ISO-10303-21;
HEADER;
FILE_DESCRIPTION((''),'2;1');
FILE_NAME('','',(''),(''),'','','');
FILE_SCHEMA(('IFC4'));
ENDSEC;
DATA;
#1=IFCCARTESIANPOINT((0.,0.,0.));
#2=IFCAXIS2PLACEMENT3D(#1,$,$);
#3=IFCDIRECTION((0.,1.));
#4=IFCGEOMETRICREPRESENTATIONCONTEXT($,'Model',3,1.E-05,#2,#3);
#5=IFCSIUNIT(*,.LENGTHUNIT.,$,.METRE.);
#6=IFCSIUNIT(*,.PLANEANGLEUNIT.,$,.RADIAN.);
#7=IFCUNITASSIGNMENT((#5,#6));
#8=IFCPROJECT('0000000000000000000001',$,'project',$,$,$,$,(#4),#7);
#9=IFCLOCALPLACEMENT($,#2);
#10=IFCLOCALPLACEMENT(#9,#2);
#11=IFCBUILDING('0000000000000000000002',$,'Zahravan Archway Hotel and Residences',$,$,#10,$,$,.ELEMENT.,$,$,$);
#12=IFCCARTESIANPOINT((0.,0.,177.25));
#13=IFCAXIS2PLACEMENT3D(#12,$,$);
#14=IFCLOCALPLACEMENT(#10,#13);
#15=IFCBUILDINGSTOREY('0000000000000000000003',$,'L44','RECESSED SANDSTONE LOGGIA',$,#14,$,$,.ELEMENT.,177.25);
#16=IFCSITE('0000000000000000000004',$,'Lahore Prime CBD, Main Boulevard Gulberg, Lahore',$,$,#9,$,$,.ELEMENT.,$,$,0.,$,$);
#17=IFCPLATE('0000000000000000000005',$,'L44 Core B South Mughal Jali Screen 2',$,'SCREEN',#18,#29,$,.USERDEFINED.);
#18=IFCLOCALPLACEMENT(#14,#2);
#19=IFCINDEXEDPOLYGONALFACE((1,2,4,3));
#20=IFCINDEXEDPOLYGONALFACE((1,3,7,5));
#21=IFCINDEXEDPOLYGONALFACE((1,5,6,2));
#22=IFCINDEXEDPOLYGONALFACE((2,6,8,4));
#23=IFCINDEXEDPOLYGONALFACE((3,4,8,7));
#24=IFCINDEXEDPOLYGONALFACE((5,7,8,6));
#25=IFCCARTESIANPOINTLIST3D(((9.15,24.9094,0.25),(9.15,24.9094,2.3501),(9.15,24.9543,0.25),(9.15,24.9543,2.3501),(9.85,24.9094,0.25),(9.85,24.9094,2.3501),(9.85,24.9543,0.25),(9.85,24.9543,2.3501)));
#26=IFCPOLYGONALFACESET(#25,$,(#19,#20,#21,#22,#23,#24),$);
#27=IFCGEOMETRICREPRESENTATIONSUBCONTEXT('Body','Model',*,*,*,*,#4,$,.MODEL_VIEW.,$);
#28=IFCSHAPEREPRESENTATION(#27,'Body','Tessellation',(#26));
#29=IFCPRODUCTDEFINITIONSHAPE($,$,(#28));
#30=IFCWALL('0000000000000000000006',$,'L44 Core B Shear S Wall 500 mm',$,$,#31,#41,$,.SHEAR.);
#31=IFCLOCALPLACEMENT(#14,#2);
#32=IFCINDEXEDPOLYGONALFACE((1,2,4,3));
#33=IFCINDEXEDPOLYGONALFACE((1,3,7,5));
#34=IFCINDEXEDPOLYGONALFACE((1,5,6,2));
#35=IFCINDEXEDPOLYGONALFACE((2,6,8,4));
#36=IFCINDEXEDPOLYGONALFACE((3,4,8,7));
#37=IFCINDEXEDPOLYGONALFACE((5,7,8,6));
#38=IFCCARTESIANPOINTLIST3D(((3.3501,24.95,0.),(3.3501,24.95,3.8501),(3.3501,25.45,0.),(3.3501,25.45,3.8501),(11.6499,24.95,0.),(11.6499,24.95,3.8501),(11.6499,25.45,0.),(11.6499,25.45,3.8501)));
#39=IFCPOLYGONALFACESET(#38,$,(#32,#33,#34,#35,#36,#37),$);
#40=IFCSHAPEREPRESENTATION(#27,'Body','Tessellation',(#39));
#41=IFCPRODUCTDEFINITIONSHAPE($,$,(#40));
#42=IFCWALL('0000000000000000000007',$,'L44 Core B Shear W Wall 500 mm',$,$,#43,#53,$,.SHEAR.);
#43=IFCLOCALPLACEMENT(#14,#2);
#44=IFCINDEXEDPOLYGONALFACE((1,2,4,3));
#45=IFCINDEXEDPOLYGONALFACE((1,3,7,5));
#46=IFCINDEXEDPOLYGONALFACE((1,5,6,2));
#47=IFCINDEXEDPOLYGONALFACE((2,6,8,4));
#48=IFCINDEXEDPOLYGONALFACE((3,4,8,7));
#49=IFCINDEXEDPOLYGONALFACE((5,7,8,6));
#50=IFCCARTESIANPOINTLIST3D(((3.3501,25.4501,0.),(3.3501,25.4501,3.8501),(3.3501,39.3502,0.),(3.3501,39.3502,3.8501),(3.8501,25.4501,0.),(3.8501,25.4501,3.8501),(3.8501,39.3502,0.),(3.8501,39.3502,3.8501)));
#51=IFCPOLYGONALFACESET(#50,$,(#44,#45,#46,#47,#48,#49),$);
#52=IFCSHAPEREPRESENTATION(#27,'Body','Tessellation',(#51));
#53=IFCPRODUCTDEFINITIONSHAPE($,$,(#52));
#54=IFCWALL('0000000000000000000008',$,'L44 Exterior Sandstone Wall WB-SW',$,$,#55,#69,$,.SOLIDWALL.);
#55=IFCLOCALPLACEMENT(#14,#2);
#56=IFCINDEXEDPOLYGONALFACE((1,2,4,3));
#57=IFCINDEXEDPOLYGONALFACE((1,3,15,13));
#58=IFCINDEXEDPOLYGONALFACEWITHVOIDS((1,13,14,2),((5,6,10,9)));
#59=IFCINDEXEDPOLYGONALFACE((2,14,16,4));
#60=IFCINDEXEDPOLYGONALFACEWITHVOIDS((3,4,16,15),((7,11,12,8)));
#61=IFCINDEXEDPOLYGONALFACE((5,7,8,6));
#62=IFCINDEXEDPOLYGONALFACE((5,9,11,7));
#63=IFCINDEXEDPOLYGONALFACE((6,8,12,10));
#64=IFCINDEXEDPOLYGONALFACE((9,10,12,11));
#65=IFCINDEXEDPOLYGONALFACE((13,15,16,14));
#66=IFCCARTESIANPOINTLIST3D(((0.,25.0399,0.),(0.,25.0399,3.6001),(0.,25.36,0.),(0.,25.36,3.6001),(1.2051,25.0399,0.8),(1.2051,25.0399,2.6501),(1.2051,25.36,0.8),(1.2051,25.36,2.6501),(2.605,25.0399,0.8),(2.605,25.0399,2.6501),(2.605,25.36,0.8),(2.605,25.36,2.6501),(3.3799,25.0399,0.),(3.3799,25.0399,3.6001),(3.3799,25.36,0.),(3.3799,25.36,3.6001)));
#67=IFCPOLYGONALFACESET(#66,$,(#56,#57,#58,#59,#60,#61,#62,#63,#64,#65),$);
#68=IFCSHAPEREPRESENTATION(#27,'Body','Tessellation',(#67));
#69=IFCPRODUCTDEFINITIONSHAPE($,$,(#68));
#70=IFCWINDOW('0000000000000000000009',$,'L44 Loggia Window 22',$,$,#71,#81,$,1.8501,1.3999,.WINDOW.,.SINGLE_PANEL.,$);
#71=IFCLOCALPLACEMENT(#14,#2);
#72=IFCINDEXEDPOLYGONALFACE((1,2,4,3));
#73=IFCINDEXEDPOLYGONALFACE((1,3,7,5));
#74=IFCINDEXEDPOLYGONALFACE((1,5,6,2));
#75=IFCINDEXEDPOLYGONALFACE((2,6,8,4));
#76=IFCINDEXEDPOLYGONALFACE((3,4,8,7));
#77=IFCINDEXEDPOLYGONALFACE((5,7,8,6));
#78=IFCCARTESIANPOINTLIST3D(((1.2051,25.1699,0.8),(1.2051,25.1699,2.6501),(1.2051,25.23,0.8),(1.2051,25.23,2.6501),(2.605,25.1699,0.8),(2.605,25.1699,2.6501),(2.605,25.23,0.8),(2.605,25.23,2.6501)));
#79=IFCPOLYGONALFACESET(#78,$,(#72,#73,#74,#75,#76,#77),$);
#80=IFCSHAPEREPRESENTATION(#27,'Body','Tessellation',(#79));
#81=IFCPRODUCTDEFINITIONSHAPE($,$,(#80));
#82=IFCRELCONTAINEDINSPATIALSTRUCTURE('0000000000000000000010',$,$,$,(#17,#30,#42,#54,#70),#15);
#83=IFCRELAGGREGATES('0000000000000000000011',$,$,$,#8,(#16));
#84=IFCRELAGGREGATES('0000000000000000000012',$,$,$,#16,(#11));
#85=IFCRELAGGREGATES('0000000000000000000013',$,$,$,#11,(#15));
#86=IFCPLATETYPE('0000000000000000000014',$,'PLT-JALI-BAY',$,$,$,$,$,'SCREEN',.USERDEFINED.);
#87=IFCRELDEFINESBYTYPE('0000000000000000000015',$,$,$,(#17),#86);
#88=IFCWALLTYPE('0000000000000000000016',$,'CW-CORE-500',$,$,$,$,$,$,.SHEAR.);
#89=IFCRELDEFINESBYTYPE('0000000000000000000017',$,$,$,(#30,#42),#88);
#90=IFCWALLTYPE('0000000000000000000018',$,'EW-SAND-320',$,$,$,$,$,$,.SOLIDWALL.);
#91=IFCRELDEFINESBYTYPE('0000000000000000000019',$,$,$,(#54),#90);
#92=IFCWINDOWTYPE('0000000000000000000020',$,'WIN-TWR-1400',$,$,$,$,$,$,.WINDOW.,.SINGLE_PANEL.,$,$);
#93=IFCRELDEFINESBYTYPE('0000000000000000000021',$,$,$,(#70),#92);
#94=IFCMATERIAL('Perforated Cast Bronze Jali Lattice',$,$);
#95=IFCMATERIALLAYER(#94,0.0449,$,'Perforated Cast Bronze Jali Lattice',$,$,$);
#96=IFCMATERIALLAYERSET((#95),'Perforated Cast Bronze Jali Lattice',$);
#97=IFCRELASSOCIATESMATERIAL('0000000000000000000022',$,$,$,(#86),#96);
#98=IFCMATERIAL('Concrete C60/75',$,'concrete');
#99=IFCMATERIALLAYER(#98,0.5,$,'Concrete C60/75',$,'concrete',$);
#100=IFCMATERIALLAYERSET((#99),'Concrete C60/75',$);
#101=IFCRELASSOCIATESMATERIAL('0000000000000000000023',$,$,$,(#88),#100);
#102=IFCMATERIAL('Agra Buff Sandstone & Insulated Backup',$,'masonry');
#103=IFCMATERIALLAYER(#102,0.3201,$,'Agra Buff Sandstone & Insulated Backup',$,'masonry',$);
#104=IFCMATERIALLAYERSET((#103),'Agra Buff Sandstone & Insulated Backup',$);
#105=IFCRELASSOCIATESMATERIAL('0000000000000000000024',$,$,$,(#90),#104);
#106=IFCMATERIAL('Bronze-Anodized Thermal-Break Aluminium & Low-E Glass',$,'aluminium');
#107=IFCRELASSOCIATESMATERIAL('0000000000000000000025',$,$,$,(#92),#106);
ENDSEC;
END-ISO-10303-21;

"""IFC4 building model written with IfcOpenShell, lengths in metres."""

from ifc_helpers import new_model, si_unit, direction, frame, frame_2d, origin, origin_2d, place, context, subcontext, project, spatial, rectangle, extrude, source, transform, mapped, material, layer, layer_set, type_object, type_shapes, element, fill, save


model = new_model("IFC4")

# Units and contexts
model_context = context("Model", 3, precision=1e-05, world=origin(), true_north=direction((0.0, 1.0)))
body_context = subcontext(model_context, "Body", "Model", "MODEL_VIEW")
ifc_project = project(units=[si_unit("LENGTHUNIT", "METRE"), si_unit("PLANEANGLEUNIT", "RADIAN")], contexts=[model_context])

# Site, building, storey
site_placement = place(None, origin())
site = spatial("IfcSite", under=ifc_project, at=site_placement, Name="Lahore Prime CBD, Main Boulevard Gulberg, Lahore", CompositionType="ELEMENT", RefElevation=0.0)
building_placement = place(site_placement, origin())
building = spatial("IfcBuilding", under=site, at=building_placement, Name="Zahravan Archway Hotel and Residences", CompositionType="ELEMENT")
storey_placement = place(building_placement, frame((0.0, 0.0, 177.25)))
storey = spatial("IfcBuildingStorey", under=building, at=storey_placement, Name="L44", Description="RECESSED SANDSTONE LOGGIA", CompositionType="ELEMENT", Elevation=177.25)

# Shared definitions
ifc_material_1 = material(Name="Concrete C60/75", Category="concrete")

# Plate
ifc_material_2 = material(Name="Perforated Cast Bronze Jali Lattice")
ifc_layer_1 = layer(ifc_material_2, 0.0449, Name="Perforated Cast Bronze Jali Lattice")
ifc_layer_set_1 = layer_set([ifc_layer_1], Name="Perforated Cast Bronze Jali Lattice")
plate_type = type_object("IfcPlateType", Name="PLT-JALI-BAY", ElementType="SCREEN", PredefinedType="USERDEFINED", material=ifc_layer_set_1)
shared_shape_1 = source(origin(), body_context, "Body", "SweptSolid", [
    extrude(rectangle(XDim=0.7, YDim=0.0449, at=origin_2d()), origin(), (0.0, 0.0, 1.0), 2.1001),
])
type_shapes(plate_type, [shared_shape_1])
for number, where, z_axis, x_axis, name in (
    (1, (9.5, 24.9319, 0.25), (0.0, 0.0, 1.0), (1.0, 0.0, 0.0), "L44 Core B South Mughal Jali Screen 2"),
):
    element("IfcPlate", number, at=place(storey_placement, frame(where, z_axis=z_axis, x_axis=x_axis)), inside=storey, type_object=plate_type, Name=name, ObjectType="SCREEN", PredefinedType="USERDEFINED", context=body_context, shape_type="MappedRepresentation", body=[
        mapped(shared_shape_1, transform((0.0, 0.0, 0.0), scale=1.0)),
    ])

# Walls
ifc_layer_2 = layer(ifc_material_1, 0.5, Name="Concrete C60/75", Category="concrete")
ifc_layer_set_2 = layer_set([ifc_layer_2], Name="Concrete C60/75")
wall_type_1 = type_object("IfcWallType", Name="CW-CORE-500", PredefinedType="SHEAR", material=ifc_layer_set_2)
wall_1_placement = place(storey_placement, frame((3.3501, 25.2, 0.0), z_axis=(0.0, 0.0, 1.0), x_axis=(1.0, 0.0, 0.0)))
element("IfcWall", 2, at=wall_1_placement, inside=storey, type_object=wall_type_1, Name="L44 Core B Shear S Wall 500 mm", PredefinedType="SHEAR", context=body_context, shape_type="SweptSolid", body=[
    extrude(rectangle(XDim=8.2998, YDim=0.5, at=frame_2d((4.1499, 0.0))), origin(), (0.0, 0.0, 1.0), 3.8501),
])
wall_2_placement = place(storey_placement, frame((3.6001, 25.45, 0.0), z_axis=(0.0, 0.0, 1.0), x_axis=(0.0, 1.0, 0.0)))
element("IfcWall", 3, at=wall_2_placement, inside=storey, type_object=wall_type_1, Name="L44 Core B Shear W Wall 500 mm", PredefinedType="SHEAR", context=body_context, shape_type="SweptSolid", body=[
    extrude(rectangle(XDim=13.9001, YDim=0.5, at=frame_2d((6.9502, 0.0))), origin(), (0.0, 0.0, 1.0), 3.8501),
])

# Wall, opening, window
ifc_material_3 = material(Name="Agra Buff Sandstone & Insulated Backup", Category="masonry")
ifc_layer_3 = layer(ifc_material_3, 0.3201, Name="Agra Buff Sandstone & Insulated Backup", Category="masonry")
ifc_layer_set_3 = layer_set([ifc_layer_3], Name="Agra Buff Sandstone & Insulated Backup")
wall_type_2 = type_object("IfcWallType", Name="EW-SAND-320", PredefinedType="SOLIDWALL", material=ifc_layer_set_3)
wall_3_placement = place(storey_placement, frame((0.0, 25.2, 0.0), z_axis=(0.0, 0.0, 1.0), x_axis=(1.0, 0.0, 0.0)))
wall_3 = element("IfcWall", 4, at=wall_3_placement, inside=storey, type_object=wall_type_2, Name="L44 Exterior Sandstone Wall WB-SW", PredefinedType="SOLIDWALL", context=body_context, shape_type="SweptSolid", body=[
    extrude(rectangle(XDim=3.3799, YDim=0.3201, at=frame_2d((1.6899, 0.0))), origin(), (0.0, 0.0, 1.0), 3.6001),
])
opening_1_placement = place(wall_3_placement, frame((1.2051, 0.0, 0.8)))
opening_1 = element("IfcOpeningElement", 5, at=opening_1_placement, cuts=wall_3, PredefinedType="OPENING", context=body_context, shape_type="SweptSolid", body=[
    extrude(rectangle(XDim=1.3999, YDim=1.8501, at=frame_2d((0.7, 0.925))), frame((0.0, 0.1699, 0.0), z_axis=(0.0, -1.0, 0.0), x_axis=(1.0, 0.0, 0.0)), (0.0, 0.0, 1.0), 0.3401),
])
ifc_material_4 = material(Name="Bronze-Anodized Thermal-Break Aluminium & Low-E Glass", Category="aluminium")
window_type_1 = type_object("IfcWindowType", Name="WIN-TWR-1400", PartitioningType="SINGLE_PANEL", PredefinedType="WINDOW", material=ifc_material_4)
shared_shape_2 = source(origin(), body_context, "Body", "SweptSolid", [
    extrude(rectangle(XDim=1.3999, YDim=1.8501, at=frame_2d((0.7, 0.925))), frame((0.0, 0.03, 0.0), z_axis=(0.0, -1.0, 0.0), x_axis=(1.0, 0.0, 0.0)), (0.0, 0.0, 1.0), 0.0601),
])
type_shapes(window_type_1, [shared_shape_2])
window_1_placement = place(opening_1_placement, origin())
window_1 = element("IfcWindow", 6, at=window_1_placement, inside=storey, type_object=window_type_1, Name="L44 Loggia Window 22", OverallHeight=1.8501, OverallWidth=1.3999, PartitioningType="SINGLE_PANEL", PredefinedType="WINDOW", context=body_context, shape_type="MappedRepresentation", body=[
    mapped(shared_shape_2, transform((0.0, 0.0, 0.0), scale=1.0)),
])
fill(opening_1, window_1)

save(model, "model.ifc")
